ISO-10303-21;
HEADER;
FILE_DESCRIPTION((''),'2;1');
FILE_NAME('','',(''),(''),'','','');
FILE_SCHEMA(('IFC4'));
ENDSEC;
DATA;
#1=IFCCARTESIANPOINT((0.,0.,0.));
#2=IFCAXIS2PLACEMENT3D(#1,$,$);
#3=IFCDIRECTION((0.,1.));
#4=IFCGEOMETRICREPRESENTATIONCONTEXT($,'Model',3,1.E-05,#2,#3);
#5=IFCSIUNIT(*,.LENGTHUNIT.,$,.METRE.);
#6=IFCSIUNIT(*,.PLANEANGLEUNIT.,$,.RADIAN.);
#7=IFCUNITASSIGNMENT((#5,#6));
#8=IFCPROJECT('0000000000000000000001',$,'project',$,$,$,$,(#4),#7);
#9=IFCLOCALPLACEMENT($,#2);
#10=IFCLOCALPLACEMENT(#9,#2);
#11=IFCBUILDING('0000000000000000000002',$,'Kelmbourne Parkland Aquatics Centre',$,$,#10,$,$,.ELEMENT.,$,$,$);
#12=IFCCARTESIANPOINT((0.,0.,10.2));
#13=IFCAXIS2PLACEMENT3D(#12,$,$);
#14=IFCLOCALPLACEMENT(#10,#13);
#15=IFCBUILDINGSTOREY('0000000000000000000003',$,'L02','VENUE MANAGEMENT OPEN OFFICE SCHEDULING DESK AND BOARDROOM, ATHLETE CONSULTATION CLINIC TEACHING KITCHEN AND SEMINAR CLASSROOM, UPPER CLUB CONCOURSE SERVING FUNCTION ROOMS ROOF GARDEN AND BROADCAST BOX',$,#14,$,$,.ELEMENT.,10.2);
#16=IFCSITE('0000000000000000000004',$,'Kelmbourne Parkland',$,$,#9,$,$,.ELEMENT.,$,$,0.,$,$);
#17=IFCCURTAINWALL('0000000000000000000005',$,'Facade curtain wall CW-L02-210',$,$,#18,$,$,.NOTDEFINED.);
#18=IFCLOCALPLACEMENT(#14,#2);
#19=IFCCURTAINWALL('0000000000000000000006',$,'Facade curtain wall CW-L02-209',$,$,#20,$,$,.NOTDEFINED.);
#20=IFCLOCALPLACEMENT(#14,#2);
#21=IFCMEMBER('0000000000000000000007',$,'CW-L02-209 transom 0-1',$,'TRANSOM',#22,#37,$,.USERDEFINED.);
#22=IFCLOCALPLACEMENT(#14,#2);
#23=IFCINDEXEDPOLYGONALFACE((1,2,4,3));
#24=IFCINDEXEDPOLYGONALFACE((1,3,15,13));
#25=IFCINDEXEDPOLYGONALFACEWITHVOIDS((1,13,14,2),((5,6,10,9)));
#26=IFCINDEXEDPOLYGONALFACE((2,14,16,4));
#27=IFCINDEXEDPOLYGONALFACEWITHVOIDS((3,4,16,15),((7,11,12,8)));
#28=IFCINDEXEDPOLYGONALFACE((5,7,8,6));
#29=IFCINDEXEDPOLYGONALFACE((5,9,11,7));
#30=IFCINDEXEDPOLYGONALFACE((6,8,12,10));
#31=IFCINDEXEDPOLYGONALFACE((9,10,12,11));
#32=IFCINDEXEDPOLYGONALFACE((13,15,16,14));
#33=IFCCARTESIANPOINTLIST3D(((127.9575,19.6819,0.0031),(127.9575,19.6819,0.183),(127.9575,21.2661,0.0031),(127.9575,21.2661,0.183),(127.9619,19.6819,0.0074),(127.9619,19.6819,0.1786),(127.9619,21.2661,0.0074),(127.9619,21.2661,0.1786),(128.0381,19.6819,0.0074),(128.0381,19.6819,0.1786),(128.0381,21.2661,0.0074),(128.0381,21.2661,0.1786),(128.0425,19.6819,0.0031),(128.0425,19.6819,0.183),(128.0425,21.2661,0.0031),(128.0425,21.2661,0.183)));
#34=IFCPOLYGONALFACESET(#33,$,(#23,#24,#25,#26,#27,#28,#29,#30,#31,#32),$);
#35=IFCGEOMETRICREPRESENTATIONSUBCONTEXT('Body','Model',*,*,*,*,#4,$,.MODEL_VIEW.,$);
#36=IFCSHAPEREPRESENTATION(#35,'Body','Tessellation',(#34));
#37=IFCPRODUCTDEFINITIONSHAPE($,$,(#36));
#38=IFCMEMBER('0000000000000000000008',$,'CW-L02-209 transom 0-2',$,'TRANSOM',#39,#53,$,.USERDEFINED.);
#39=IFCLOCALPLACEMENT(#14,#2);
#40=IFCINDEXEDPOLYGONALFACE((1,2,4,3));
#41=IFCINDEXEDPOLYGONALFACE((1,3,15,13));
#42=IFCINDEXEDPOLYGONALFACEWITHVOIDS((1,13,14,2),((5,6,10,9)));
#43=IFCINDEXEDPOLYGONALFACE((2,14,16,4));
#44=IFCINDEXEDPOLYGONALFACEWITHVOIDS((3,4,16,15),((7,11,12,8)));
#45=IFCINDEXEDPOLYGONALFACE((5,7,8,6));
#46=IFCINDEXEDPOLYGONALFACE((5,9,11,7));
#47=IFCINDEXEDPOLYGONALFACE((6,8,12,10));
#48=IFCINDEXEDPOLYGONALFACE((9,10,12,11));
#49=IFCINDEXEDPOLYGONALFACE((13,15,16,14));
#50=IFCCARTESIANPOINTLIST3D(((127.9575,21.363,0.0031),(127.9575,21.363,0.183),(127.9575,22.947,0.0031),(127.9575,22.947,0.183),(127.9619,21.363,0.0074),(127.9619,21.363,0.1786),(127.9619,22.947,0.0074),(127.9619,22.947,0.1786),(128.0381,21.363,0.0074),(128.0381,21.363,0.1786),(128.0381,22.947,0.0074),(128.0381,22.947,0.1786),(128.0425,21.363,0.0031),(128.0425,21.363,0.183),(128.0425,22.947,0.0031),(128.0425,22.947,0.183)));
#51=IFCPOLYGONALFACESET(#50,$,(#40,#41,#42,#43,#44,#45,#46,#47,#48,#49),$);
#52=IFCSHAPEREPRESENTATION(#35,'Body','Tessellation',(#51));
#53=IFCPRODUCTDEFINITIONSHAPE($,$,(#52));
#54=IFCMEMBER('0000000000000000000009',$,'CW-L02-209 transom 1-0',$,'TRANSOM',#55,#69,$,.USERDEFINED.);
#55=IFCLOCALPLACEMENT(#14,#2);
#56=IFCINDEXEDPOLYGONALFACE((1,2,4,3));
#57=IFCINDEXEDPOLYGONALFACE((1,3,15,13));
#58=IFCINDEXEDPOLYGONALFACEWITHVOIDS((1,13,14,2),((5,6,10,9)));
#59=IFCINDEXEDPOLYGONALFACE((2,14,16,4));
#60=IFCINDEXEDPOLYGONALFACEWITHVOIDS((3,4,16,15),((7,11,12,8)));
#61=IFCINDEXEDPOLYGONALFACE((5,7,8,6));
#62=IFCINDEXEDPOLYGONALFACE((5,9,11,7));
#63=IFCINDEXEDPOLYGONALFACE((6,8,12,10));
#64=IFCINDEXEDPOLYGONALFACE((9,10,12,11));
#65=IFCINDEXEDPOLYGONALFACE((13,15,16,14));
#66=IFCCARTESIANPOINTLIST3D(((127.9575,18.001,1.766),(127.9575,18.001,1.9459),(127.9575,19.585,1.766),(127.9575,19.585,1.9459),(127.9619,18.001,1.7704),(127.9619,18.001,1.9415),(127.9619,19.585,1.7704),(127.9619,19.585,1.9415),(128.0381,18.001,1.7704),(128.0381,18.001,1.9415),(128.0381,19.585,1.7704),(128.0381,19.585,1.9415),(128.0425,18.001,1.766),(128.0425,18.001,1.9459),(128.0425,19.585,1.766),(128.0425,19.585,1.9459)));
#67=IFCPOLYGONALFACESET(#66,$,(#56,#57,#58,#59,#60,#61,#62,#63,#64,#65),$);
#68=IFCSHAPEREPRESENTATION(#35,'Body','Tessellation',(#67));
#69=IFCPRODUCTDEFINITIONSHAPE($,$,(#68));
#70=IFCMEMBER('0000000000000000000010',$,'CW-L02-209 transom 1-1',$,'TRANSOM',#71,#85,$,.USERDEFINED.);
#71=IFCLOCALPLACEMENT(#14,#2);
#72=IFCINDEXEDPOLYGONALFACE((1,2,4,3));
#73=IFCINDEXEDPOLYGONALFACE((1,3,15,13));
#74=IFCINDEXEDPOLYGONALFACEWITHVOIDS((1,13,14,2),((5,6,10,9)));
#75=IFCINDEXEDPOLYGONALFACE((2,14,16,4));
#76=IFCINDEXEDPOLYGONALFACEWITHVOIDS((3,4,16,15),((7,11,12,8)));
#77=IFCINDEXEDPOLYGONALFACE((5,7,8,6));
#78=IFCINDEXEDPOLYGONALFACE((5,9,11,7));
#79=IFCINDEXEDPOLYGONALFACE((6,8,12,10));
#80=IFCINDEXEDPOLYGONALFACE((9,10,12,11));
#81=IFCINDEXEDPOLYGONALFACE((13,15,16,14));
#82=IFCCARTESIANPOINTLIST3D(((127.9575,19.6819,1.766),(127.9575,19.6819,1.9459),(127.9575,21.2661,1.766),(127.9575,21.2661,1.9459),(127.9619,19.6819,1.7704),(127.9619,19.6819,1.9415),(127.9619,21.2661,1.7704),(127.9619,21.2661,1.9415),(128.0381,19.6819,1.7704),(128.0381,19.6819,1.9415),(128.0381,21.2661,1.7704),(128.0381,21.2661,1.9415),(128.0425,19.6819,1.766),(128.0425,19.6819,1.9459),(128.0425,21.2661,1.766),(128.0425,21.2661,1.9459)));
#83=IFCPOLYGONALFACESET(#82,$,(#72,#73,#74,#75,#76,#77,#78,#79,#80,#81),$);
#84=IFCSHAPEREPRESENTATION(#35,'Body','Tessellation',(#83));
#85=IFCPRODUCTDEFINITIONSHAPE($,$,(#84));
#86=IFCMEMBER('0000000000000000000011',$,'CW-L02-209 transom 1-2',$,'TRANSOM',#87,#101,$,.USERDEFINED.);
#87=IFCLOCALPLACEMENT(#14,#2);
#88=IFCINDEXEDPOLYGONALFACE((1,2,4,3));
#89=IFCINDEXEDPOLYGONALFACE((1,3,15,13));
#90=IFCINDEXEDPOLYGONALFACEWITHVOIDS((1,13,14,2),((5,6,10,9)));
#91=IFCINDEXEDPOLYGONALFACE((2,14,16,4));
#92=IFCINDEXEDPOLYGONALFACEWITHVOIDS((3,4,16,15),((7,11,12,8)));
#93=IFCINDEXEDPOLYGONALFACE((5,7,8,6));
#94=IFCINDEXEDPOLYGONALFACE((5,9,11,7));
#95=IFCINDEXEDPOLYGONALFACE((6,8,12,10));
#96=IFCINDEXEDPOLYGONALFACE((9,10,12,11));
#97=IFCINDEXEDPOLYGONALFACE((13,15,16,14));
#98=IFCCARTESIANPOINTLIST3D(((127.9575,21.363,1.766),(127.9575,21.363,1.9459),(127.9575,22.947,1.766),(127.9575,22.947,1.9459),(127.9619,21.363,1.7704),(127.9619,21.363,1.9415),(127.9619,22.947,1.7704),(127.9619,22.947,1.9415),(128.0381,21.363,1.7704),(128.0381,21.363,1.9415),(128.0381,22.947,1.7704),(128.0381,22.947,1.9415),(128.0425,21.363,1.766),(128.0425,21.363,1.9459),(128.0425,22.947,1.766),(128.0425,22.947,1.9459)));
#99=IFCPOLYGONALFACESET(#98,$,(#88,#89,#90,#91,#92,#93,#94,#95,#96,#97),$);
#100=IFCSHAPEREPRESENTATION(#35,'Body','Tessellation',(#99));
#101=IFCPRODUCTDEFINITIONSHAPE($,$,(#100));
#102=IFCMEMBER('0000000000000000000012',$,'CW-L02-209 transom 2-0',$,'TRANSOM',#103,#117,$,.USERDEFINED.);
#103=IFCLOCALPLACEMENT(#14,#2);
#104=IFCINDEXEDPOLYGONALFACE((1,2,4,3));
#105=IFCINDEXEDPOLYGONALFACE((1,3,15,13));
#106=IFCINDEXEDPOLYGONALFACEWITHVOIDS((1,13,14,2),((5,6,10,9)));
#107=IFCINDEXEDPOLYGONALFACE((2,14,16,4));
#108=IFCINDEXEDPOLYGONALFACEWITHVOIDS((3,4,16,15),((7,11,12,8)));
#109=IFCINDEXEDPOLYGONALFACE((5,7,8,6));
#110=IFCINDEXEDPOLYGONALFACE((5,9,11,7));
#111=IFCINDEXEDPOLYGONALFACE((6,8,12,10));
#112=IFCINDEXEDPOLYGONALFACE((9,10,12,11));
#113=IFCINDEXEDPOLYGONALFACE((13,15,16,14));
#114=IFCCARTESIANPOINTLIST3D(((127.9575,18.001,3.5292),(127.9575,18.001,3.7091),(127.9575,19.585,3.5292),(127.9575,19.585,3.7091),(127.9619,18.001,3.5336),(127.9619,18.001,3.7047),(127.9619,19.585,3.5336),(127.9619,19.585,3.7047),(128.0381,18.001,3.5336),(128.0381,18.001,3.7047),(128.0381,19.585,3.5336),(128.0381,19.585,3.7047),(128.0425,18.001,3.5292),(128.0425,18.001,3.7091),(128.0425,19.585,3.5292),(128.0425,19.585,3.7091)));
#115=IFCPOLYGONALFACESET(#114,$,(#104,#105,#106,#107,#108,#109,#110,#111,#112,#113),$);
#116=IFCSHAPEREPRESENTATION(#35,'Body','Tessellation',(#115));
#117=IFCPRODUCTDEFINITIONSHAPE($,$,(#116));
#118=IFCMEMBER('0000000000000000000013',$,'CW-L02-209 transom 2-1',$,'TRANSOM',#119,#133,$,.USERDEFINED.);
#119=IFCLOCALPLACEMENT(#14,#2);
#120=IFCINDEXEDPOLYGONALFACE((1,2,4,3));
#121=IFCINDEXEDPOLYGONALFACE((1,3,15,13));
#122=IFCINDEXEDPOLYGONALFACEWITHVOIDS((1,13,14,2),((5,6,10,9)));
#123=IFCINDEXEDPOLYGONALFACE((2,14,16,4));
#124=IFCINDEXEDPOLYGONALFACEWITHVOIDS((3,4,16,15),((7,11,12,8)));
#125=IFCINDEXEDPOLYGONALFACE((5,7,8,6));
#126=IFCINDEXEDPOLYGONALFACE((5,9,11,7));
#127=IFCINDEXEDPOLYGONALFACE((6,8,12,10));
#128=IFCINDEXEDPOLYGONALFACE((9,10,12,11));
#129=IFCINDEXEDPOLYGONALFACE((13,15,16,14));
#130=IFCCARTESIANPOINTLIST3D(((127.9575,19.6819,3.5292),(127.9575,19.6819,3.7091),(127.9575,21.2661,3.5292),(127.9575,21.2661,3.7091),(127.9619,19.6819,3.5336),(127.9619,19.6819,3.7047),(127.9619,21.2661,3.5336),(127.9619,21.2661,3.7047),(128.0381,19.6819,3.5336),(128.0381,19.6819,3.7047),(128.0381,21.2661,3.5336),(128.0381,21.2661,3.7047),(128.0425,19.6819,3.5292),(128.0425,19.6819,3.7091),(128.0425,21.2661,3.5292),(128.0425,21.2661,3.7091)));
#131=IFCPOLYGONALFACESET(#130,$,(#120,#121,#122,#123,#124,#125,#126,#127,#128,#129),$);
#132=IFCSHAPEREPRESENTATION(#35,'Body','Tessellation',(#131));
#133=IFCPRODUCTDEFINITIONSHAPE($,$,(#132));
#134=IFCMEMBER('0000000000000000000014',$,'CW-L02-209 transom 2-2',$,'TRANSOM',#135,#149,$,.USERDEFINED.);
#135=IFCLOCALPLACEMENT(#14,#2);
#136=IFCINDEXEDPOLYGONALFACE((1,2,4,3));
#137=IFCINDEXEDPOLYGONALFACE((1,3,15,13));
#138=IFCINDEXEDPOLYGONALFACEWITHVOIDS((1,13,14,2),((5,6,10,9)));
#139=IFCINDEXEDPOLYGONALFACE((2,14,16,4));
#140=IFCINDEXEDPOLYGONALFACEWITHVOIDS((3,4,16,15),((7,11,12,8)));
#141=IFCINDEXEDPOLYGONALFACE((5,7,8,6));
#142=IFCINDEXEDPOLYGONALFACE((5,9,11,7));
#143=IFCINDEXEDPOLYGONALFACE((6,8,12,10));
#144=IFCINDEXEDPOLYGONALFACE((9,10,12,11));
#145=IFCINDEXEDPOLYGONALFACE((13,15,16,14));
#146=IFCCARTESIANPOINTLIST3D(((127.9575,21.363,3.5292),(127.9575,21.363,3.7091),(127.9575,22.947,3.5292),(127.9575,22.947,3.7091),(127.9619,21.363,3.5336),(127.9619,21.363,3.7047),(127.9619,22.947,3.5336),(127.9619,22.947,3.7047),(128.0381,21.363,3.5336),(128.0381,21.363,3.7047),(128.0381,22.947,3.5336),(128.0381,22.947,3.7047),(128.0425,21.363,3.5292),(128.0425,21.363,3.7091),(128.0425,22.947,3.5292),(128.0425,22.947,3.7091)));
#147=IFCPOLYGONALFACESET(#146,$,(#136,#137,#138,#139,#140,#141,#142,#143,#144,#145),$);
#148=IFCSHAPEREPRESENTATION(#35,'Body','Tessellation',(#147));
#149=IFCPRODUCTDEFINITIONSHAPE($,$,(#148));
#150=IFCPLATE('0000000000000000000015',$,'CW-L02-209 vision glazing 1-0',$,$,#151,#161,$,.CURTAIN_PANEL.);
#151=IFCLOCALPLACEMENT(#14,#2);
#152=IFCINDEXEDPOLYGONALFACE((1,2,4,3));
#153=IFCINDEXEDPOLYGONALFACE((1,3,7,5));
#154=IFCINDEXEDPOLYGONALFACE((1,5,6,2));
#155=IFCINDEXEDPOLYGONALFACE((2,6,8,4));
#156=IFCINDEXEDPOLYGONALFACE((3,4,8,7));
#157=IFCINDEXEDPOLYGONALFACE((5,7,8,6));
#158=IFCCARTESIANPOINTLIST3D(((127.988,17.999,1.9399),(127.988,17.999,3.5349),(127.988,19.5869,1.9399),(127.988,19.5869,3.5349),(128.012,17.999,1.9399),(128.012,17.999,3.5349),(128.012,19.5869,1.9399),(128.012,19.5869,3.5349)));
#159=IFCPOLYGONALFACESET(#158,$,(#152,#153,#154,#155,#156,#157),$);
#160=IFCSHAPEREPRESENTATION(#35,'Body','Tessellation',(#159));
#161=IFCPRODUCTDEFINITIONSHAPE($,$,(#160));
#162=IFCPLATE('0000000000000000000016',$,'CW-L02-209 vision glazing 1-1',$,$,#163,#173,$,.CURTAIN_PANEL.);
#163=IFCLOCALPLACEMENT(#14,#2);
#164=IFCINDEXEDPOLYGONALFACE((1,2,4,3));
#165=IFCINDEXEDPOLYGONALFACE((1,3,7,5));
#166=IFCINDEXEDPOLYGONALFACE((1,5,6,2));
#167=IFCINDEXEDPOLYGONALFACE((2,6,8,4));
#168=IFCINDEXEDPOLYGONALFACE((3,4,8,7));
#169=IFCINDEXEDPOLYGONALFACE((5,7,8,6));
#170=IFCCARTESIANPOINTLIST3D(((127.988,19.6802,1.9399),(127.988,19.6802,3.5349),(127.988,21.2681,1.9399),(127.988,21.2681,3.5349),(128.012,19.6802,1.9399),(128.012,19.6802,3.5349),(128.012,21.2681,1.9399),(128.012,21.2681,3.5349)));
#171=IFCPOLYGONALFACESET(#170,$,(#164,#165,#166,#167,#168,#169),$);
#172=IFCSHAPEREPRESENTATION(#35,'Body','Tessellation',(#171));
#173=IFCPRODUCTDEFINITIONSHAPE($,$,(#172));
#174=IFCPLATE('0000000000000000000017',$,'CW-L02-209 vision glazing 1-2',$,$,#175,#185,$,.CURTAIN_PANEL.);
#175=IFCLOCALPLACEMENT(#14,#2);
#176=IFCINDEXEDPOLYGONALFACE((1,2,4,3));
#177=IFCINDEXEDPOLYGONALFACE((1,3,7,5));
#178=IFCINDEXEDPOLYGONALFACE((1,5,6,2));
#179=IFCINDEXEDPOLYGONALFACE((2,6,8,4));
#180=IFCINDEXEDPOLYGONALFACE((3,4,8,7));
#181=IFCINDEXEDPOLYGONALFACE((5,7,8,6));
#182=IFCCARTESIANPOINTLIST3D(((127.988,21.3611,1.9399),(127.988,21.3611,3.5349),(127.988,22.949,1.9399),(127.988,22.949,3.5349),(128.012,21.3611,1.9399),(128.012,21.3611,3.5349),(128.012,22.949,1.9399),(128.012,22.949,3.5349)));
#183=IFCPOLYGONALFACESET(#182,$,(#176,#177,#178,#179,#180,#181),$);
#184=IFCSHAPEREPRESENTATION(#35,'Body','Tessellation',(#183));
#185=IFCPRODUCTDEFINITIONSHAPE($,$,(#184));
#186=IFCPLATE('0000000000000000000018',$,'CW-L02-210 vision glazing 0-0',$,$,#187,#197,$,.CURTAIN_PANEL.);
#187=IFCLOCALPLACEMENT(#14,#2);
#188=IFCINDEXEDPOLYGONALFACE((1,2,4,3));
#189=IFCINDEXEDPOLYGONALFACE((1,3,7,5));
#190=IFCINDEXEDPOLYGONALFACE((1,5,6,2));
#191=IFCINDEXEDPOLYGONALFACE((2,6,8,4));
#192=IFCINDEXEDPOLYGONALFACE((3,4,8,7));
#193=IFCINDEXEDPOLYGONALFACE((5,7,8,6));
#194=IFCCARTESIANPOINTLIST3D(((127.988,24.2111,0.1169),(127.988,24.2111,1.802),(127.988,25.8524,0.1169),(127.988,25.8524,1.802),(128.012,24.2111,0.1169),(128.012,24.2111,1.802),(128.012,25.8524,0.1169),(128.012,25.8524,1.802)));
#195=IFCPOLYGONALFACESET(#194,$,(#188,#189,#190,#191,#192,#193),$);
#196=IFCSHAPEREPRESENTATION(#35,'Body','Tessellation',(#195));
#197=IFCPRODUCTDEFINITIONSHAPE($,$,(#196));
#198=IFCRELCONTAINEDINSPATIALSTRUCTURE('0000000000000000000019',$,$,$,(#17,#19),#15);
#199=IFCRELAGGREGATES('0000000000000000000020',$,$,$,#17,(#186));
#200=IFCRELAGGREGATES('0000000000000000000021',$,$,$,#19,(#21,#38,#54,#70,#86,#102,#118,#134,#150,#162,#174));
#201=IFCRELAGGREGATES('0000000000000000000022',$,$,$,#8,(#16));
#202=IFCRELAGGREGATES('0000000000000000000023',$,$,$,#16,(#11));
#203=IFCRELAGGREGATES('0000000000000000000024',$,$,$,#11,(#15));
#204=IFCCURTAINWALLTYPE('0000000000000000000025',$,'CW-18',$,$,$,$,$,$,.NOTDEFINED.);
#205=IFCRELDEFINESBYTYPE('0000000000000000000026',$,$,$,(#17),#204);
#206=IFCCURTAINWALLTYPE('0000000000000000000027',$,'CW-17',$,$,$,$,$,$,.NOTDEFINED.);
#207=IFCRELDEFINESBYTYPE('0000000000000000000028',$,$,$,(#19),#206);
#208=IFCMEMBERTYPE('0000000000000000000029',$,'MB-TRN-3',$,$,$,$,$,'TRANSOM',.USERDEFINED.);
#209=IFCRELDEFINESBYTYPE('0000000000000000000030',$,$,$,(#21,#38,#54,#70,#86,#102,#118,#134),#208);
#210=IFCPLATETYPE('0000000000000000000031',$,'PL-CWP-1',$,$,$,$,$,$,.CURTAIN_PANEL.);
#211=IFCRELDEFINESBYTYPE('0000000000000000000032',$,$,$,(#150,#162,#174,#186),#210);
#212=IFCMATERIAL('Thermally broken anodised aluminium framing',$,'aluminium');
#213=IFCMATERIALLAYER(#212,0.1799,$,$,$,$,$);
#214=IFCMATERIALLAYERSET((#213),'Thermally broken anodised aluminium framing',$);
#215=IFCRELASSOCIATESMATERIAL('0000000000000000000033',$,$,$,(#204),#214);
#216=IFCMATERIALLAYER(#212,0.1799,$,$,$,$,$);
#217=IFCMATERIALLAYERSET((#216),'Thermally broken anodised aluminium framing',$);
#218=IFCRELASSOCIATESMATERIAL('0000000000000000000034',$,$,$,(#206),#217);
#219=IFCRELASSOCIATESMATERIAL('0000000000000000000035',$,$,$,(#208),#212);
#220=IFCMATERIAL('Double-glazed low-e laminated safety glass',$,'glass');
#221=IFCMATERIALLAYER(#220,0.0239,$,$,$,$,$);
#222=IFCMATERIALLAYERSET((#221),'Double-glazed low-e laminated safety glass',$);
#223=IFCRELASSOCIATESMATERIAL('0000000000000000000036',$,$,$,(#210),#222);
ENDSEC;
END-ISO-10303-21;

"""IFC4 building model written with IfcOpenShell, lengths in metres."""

from ifc_helpers import new_model, si_unit, direction, frame, origin, origin_2d, place, context, subcontext, project, spatial, rectangle, hollow_rectangle, extrude, material, layer, layer_set, material_profile, profile_set, type_object, element, aggregate, save


model = new_model("IFC4")

# Units and contexts
model_context = context("Model", 3, precision=1e-05, world=origin(), true_north=direction((0.0, 1.0)))
body_context = subcontext(model_context, "Body", "Model", "MODEL_VIEW")
ifc_project = project(units=[si_unit("LENGTHUNIT", "METRE"), si_unit("PLANEANGLEUNIT", "RADIAN")], contexts=[model_context])

# Site, building, storey
site_placement = place(None, origin())
site = spatial("IfcSite", under=ifc_project, at=site_placement, Name="Kelmbourne Parkland", CompositionType="ELEMENT", RefElevation=0.0)
building_placement = place(site_placement, origin())
building = spatial("IfcBuilding", under=site, at=building_placement, Name="Kelmbourne Parkland Aquatics Centre", CompositionType="ELEMENT")
storey_placement = place(building_placement, frame((0.0, 0.0, 10.2)))
storey = spatial("IfcBuildingStorey", under=building, at=storey_placement, Name="L02", Description="VENUE MANAGEMENT OPEN OFFICE SCHEDULING DESK AND BOARDROOM, ATHLETE CONSULTATION CLINIC TEACHING KITCHEN AND SEMINAR CLASSROOM, UPPER CLUB CONCOURSE SERVING FUNCTION ROOMS ROOF GARDEN AND BROADCAST BOX", CompositionType="ELEMENT", Elevation=10.2)

# Curtain wall
ifc_material_1 = material(Name="Thermally broken anodised aluminium framing", Category="aluminium")
ifc_layer_1 = layer(ifc_material_1, 0.1799)
ifc_layer_set_1 = layer_set([ifc_layer_1], Name="Thermally broken anodised aluminium framing")
curtain_wall_type_1 = type_object("IfcCurtainWallType", Name="CW-18", PredefinedType="NOTDEFINED", material=ifc_layer_set_1)
curtain_wall_1_placement = place(storey_placement, origin())
curtain_wall_1 = element("IfcCurtainWall", 1, at=curtain_wall_1_placement, inside=storey, type_object=curtain_wall_type_1, Name="Facade curtain wall CW-L02-210", PredefinedType="NOTDEFINED")

# Curtain wall
ifc_layer_2 = layer(ifc_material_1, 0.1799)
ifc_layer_set_2 = layer_set([ifc_layer_2], Name="Thermally broken anodised aluminium framing")
curtain_wall_type_2 = type_object("IfcCurtainWallType", Name="CW-17", PredefinedType="NOTDEFINED", material=ifc_layer_set_2)
curtain_wall_2_placement = place(storey_placement, origin())
curtain_wall_2 = element("IfcCurtainWall", 2, at=curtain_wall_2_placement, inside=storey, type_object=curtain_wall_type_2, Name="Facade curtain wall CW-L02-209", PredefinedType="NOTDEFINED")

# Members
ifc_material_profile_1 = material_profile(ifc_material_1, hollow_rectangle(XDim=0.085, YDim=0.1799, WallThickness=0.0044, at=origin_2d()), Name="CW-T 85x180")
ifc_profile_set_1 = profile_set([ifc_material_profile_1], Name="Thermally broken anodised aluminium framing")
member_type_1 = type_object("IfcMemberType", Name="MB-TRN-3", ElementType="TRANSOM", PredefinedType="USERDEFINED", material=ifc_profile_set_1)
member_1_placement = place(storey_placement, frame((128.0, 19.6819, 0.093), z_axis=(0.0, 1.0, 0.0), x_axis=(-1.0, 0.0, 0.0)))
member_1 = element("IfcMember", 3, at=member_1_placement, type_object=member_type_1, Name="CW-L02-209 transom 0-1", ObjectType="TRANSOM", PredefinedType="USERDEFINED", context=body_context, shape_type="SweptSolid", body=[
    extrude(hollow_rectangle(XDim=0.085, YDim=0.1799, WallThickness=0.0044, at=origin_2d()), origin(), (0.0, 0.0, 1.0), 1.5842),
])
member_2_placement = place(storey_placement, frame((128.0, 21.363, 0.093), z_axis=(0.0, 1.0, 0.0), x_axis=(-1.0, 0.0, 0.0)))
member_2 = element("IfcMember", 4, at=member_2_placement, type_object=member_type_1, Name="CW-L02-209 transom 0-2", ObjectType="TRANSOM", PredefinedType="USERDEFINED", context=body_context, shape_type="SweptSolid", body=[
    extrude(hollow_rectangle(XDim=0.085, YDim=0.1799, WallThickness=0.0044, at=origin_2d()), origin(), (0.0, 0.0, 1.0), 1.584),
])
member_3_placement = place(storey_placement, frame((128.0, 18.001, 1.856), z_axis=(0.0, 1.0, 0.0), x_axis=(-1.0, 0.0, 0.0)))
member_3 = element("IfcMember", 5, at=member_3_placement, type_object=member_type_1, Name="CW-L02-209 transom 1-0", ObjectType="TRANSOM", PredefinedType="USERDEFINED", context=body_context, shape_type="SweptSolid", body=[
    extrude(hollow_rectangle(XDim=0.085, YDim=0.1799, WallThickness=0.0044, at=origin_2d()), origin(), (0.0, 0.0, 1.0), 1.584),
])
member_4_placement = place(storey_placement, frame((128.0, 19.6819, 1.856), z_axis=(0.0, 1.0, 0.0), x_axis=(-1.0, 0.0, 0.0)))
member_4 = element("IfcMember", 6, at=member_4_placement, type_object=member_type_1, Name="CW-L02-209 transom 1-1", ObjectType="TRANSOM", PredefinedType="USERDEFINED", context=body_context, shape_type="SweptSolid", body=[
    extrude(hollow_rectangle(XDim=0.085, YDim=0.1799, WallThickness=0.0044, at=origin_2d()), origin(), (0.0, 0.0, 1.0), 1.5842),
])
member_5_placement = place(storey_placement, frame((128.0, 21.363, 1.856), z_axis=(0.0, 1.0, 0.0), x_axis=(-1.0, 0.0, 0.0)))
member_5 = element("IfcMember", 7, at=member_5_placement, type_object=member_type_1, Name="CW-L02-209 transom 1-2", ObjectType="TRANSOM", PredefinedType="USERDEFINED", context=body_context, shape_type="SweptSolid", body=[
    extrude(hollow_rectangle(XDim=0.085, YDim=0.1799, WallThickness=0.0044, at=origin_2d()), origin(), (0.0, 0.0, 1.0), 1.584),
])
member_6_placement = place(storey_placement, frame((128.0, 18.001, 3.6191), z_axis=(0.0, 1.0, 0.0), x_axis=(-1.0, 0.0, 0.0)))
member_6 = element("IfcMember", 8, at=member_6_placement, type_object=member_type_1, Name="CW-L02-209 transom 2-0", ObjectType="TRANSOM", PredefinedType="USERDEFINED", context=body_context, shape_type="SweptSolid", body=[
    extrude(hollow_rectangle(XDim=0.085, YDim=0.1799, WallThickness=0.0044, at=origin_2d()), origin(), (0.0, 0.0, 1.0), 1.584),
])
member_7_placement = place(storey_placement, frame((128.0, 19.6819, 3.6191), z_axis=(0.0, 1.0, 0.0), x_axis=(-1.0, 0.0, 0.0)))
member_7 = element("IfcMember", 9, at=member_7_placement, type_object=member_type_1, Name="CW-L02-209 transom 2-1", ObjectType="TRANSOM", PredefinedType="USERDEFINED", context=body_context, shape_type="SweptSolid", body=[
    extrude(hollow_rectangle(XDim=0.085, YDim=0.1799, WallThickness=0.0044, at=origin_2d()), origin(), (0.0, 0.0, 1.0), 1.5842),
])
member_8_placement = place(storey_placement, frame((128.0, 21.363, 3.6191), z_axis=(0.0, 1.0, 0.0), x_axis=(-1.0, 0.0, 0.0)))
member_8 = element("IfcMember", 10, at=member_8_placement, type_object=member_type_1, Name="CW-L02-209 transom 2-2", ObjectType="TRANSOM", PredefinedType="USERDEFINED", context=body_context, shape_type="SweptSolid", body=[
    extrude(hollow_rectangle(XDim=0.085, YDim=0.1799, WallThickness=0.0044, at=origin_2d()), origin(), (0.0, 0.0, 1.0), 1.584),
])

# Plates
ifc_material_2 = material(Name="Double-glazed low-e laminated safety glass", Category="glass")
ifc_layer_3 = layer(ifc_material_2, 0.0239)
ifc_layer_set_3 = layer_set([ifc_layer_3], Name="Double-glazed low-e laminated safety glass")
plate_type_1 = type_object("IfcPlateType", Name="PL-CWP-1", PredefinedType="CURTAIN_PANEL", material=ifc_layer_set_3)
plate_1_placement = place(storey_placement, frame((128.0, 18.793, 1.9399), z_axis=(0.0, 0.0, 1.0), x_axis=(0.0, 1.0, 0.0)))
plate_1 = element("IfcPlate", 11, at=plate_1_placement, type_object=plate_type_1, Name="CW-L02-209 vision glazing 1-0", PredefinedType="CURTAIN_PANEL", context=body_context, shape_type="SweptSolid", body=[
    extrude(rectangle(XDim=1.5879, YDim=0.0239, at=origin_2d()), origin(), (0.0, 0.0, 1.0), 1.595),
])
plate_2_placement = place(storey_placement, frame((128.0, 20.4741, 1.9399), z_axis=(0.0, 0.0, 1.0), x_axis=(0.0, 1.0, 0.0)))
plate_2 = element("IfcPlate", 12, at=plate_2_placement, type_object=plate_type_1, Name="CW-L02-209 vision glazing 1-1", PredefinedType="CURTAIN_PANEL", context=body_context, shape_type="SweptSolid", body=[
    extrude(rectangle(XDim=1.5879, YDim=0.0239, at=origin_2d()), origin(), (0.0, 0.0, 1.0), 1.595),
])
plate_3_placement = place(storey_placement, frame((128.0, 22.155, 1.9399), z_axis=(0.0, 0.0, 1.0), x_axis=(0.0, 1.0, 0.0)))
plate_3 = element("IfcPlate", 13, at=plate_3_placement, type_object=plate_type_1, Name="CW-L02-209 vision glazing 1-2", PredefinedType="CURTAIN_PANEL", context=body_context, shape_type="SweptSolid", body=[
    extrude(rectangle(XDim=1.5879, YDim=0.0239, at=origin_2d()), origin(), (0.0, 0.0, 1.0), 1.595),
])
plate_4_placement = place(storey_placement, frame((128.0, 25.0317, 0.1169), z_axis=(0.0, 0.0, 1.0), x_axis=(0.0, 1.0, 0.0)))
plate_4 = element("IfcPlate", 14, at=plate_4_placement, type_object=plate_type_1, Name="CW-L02-210 vision glazing 0-0", PredefinedType="CURTAIN_PANEL", context=body_context, shape_type="SweptSolid", body=[
    extrude(rectangle(XDim=1.6414, YDim=0.0239, at=origin_2d()), origin(), (0.0, 0.0, 1.0), 1.6851),
])
aggregate(curtain_wall_1, [plate_4])
aggregate(curtain_wall_2, [member_1, member_2, member_3, member_4, member_5, member_6, member_7, member_8, plate_1, plate_2, plate_3])

save(model, "model.ifc")
